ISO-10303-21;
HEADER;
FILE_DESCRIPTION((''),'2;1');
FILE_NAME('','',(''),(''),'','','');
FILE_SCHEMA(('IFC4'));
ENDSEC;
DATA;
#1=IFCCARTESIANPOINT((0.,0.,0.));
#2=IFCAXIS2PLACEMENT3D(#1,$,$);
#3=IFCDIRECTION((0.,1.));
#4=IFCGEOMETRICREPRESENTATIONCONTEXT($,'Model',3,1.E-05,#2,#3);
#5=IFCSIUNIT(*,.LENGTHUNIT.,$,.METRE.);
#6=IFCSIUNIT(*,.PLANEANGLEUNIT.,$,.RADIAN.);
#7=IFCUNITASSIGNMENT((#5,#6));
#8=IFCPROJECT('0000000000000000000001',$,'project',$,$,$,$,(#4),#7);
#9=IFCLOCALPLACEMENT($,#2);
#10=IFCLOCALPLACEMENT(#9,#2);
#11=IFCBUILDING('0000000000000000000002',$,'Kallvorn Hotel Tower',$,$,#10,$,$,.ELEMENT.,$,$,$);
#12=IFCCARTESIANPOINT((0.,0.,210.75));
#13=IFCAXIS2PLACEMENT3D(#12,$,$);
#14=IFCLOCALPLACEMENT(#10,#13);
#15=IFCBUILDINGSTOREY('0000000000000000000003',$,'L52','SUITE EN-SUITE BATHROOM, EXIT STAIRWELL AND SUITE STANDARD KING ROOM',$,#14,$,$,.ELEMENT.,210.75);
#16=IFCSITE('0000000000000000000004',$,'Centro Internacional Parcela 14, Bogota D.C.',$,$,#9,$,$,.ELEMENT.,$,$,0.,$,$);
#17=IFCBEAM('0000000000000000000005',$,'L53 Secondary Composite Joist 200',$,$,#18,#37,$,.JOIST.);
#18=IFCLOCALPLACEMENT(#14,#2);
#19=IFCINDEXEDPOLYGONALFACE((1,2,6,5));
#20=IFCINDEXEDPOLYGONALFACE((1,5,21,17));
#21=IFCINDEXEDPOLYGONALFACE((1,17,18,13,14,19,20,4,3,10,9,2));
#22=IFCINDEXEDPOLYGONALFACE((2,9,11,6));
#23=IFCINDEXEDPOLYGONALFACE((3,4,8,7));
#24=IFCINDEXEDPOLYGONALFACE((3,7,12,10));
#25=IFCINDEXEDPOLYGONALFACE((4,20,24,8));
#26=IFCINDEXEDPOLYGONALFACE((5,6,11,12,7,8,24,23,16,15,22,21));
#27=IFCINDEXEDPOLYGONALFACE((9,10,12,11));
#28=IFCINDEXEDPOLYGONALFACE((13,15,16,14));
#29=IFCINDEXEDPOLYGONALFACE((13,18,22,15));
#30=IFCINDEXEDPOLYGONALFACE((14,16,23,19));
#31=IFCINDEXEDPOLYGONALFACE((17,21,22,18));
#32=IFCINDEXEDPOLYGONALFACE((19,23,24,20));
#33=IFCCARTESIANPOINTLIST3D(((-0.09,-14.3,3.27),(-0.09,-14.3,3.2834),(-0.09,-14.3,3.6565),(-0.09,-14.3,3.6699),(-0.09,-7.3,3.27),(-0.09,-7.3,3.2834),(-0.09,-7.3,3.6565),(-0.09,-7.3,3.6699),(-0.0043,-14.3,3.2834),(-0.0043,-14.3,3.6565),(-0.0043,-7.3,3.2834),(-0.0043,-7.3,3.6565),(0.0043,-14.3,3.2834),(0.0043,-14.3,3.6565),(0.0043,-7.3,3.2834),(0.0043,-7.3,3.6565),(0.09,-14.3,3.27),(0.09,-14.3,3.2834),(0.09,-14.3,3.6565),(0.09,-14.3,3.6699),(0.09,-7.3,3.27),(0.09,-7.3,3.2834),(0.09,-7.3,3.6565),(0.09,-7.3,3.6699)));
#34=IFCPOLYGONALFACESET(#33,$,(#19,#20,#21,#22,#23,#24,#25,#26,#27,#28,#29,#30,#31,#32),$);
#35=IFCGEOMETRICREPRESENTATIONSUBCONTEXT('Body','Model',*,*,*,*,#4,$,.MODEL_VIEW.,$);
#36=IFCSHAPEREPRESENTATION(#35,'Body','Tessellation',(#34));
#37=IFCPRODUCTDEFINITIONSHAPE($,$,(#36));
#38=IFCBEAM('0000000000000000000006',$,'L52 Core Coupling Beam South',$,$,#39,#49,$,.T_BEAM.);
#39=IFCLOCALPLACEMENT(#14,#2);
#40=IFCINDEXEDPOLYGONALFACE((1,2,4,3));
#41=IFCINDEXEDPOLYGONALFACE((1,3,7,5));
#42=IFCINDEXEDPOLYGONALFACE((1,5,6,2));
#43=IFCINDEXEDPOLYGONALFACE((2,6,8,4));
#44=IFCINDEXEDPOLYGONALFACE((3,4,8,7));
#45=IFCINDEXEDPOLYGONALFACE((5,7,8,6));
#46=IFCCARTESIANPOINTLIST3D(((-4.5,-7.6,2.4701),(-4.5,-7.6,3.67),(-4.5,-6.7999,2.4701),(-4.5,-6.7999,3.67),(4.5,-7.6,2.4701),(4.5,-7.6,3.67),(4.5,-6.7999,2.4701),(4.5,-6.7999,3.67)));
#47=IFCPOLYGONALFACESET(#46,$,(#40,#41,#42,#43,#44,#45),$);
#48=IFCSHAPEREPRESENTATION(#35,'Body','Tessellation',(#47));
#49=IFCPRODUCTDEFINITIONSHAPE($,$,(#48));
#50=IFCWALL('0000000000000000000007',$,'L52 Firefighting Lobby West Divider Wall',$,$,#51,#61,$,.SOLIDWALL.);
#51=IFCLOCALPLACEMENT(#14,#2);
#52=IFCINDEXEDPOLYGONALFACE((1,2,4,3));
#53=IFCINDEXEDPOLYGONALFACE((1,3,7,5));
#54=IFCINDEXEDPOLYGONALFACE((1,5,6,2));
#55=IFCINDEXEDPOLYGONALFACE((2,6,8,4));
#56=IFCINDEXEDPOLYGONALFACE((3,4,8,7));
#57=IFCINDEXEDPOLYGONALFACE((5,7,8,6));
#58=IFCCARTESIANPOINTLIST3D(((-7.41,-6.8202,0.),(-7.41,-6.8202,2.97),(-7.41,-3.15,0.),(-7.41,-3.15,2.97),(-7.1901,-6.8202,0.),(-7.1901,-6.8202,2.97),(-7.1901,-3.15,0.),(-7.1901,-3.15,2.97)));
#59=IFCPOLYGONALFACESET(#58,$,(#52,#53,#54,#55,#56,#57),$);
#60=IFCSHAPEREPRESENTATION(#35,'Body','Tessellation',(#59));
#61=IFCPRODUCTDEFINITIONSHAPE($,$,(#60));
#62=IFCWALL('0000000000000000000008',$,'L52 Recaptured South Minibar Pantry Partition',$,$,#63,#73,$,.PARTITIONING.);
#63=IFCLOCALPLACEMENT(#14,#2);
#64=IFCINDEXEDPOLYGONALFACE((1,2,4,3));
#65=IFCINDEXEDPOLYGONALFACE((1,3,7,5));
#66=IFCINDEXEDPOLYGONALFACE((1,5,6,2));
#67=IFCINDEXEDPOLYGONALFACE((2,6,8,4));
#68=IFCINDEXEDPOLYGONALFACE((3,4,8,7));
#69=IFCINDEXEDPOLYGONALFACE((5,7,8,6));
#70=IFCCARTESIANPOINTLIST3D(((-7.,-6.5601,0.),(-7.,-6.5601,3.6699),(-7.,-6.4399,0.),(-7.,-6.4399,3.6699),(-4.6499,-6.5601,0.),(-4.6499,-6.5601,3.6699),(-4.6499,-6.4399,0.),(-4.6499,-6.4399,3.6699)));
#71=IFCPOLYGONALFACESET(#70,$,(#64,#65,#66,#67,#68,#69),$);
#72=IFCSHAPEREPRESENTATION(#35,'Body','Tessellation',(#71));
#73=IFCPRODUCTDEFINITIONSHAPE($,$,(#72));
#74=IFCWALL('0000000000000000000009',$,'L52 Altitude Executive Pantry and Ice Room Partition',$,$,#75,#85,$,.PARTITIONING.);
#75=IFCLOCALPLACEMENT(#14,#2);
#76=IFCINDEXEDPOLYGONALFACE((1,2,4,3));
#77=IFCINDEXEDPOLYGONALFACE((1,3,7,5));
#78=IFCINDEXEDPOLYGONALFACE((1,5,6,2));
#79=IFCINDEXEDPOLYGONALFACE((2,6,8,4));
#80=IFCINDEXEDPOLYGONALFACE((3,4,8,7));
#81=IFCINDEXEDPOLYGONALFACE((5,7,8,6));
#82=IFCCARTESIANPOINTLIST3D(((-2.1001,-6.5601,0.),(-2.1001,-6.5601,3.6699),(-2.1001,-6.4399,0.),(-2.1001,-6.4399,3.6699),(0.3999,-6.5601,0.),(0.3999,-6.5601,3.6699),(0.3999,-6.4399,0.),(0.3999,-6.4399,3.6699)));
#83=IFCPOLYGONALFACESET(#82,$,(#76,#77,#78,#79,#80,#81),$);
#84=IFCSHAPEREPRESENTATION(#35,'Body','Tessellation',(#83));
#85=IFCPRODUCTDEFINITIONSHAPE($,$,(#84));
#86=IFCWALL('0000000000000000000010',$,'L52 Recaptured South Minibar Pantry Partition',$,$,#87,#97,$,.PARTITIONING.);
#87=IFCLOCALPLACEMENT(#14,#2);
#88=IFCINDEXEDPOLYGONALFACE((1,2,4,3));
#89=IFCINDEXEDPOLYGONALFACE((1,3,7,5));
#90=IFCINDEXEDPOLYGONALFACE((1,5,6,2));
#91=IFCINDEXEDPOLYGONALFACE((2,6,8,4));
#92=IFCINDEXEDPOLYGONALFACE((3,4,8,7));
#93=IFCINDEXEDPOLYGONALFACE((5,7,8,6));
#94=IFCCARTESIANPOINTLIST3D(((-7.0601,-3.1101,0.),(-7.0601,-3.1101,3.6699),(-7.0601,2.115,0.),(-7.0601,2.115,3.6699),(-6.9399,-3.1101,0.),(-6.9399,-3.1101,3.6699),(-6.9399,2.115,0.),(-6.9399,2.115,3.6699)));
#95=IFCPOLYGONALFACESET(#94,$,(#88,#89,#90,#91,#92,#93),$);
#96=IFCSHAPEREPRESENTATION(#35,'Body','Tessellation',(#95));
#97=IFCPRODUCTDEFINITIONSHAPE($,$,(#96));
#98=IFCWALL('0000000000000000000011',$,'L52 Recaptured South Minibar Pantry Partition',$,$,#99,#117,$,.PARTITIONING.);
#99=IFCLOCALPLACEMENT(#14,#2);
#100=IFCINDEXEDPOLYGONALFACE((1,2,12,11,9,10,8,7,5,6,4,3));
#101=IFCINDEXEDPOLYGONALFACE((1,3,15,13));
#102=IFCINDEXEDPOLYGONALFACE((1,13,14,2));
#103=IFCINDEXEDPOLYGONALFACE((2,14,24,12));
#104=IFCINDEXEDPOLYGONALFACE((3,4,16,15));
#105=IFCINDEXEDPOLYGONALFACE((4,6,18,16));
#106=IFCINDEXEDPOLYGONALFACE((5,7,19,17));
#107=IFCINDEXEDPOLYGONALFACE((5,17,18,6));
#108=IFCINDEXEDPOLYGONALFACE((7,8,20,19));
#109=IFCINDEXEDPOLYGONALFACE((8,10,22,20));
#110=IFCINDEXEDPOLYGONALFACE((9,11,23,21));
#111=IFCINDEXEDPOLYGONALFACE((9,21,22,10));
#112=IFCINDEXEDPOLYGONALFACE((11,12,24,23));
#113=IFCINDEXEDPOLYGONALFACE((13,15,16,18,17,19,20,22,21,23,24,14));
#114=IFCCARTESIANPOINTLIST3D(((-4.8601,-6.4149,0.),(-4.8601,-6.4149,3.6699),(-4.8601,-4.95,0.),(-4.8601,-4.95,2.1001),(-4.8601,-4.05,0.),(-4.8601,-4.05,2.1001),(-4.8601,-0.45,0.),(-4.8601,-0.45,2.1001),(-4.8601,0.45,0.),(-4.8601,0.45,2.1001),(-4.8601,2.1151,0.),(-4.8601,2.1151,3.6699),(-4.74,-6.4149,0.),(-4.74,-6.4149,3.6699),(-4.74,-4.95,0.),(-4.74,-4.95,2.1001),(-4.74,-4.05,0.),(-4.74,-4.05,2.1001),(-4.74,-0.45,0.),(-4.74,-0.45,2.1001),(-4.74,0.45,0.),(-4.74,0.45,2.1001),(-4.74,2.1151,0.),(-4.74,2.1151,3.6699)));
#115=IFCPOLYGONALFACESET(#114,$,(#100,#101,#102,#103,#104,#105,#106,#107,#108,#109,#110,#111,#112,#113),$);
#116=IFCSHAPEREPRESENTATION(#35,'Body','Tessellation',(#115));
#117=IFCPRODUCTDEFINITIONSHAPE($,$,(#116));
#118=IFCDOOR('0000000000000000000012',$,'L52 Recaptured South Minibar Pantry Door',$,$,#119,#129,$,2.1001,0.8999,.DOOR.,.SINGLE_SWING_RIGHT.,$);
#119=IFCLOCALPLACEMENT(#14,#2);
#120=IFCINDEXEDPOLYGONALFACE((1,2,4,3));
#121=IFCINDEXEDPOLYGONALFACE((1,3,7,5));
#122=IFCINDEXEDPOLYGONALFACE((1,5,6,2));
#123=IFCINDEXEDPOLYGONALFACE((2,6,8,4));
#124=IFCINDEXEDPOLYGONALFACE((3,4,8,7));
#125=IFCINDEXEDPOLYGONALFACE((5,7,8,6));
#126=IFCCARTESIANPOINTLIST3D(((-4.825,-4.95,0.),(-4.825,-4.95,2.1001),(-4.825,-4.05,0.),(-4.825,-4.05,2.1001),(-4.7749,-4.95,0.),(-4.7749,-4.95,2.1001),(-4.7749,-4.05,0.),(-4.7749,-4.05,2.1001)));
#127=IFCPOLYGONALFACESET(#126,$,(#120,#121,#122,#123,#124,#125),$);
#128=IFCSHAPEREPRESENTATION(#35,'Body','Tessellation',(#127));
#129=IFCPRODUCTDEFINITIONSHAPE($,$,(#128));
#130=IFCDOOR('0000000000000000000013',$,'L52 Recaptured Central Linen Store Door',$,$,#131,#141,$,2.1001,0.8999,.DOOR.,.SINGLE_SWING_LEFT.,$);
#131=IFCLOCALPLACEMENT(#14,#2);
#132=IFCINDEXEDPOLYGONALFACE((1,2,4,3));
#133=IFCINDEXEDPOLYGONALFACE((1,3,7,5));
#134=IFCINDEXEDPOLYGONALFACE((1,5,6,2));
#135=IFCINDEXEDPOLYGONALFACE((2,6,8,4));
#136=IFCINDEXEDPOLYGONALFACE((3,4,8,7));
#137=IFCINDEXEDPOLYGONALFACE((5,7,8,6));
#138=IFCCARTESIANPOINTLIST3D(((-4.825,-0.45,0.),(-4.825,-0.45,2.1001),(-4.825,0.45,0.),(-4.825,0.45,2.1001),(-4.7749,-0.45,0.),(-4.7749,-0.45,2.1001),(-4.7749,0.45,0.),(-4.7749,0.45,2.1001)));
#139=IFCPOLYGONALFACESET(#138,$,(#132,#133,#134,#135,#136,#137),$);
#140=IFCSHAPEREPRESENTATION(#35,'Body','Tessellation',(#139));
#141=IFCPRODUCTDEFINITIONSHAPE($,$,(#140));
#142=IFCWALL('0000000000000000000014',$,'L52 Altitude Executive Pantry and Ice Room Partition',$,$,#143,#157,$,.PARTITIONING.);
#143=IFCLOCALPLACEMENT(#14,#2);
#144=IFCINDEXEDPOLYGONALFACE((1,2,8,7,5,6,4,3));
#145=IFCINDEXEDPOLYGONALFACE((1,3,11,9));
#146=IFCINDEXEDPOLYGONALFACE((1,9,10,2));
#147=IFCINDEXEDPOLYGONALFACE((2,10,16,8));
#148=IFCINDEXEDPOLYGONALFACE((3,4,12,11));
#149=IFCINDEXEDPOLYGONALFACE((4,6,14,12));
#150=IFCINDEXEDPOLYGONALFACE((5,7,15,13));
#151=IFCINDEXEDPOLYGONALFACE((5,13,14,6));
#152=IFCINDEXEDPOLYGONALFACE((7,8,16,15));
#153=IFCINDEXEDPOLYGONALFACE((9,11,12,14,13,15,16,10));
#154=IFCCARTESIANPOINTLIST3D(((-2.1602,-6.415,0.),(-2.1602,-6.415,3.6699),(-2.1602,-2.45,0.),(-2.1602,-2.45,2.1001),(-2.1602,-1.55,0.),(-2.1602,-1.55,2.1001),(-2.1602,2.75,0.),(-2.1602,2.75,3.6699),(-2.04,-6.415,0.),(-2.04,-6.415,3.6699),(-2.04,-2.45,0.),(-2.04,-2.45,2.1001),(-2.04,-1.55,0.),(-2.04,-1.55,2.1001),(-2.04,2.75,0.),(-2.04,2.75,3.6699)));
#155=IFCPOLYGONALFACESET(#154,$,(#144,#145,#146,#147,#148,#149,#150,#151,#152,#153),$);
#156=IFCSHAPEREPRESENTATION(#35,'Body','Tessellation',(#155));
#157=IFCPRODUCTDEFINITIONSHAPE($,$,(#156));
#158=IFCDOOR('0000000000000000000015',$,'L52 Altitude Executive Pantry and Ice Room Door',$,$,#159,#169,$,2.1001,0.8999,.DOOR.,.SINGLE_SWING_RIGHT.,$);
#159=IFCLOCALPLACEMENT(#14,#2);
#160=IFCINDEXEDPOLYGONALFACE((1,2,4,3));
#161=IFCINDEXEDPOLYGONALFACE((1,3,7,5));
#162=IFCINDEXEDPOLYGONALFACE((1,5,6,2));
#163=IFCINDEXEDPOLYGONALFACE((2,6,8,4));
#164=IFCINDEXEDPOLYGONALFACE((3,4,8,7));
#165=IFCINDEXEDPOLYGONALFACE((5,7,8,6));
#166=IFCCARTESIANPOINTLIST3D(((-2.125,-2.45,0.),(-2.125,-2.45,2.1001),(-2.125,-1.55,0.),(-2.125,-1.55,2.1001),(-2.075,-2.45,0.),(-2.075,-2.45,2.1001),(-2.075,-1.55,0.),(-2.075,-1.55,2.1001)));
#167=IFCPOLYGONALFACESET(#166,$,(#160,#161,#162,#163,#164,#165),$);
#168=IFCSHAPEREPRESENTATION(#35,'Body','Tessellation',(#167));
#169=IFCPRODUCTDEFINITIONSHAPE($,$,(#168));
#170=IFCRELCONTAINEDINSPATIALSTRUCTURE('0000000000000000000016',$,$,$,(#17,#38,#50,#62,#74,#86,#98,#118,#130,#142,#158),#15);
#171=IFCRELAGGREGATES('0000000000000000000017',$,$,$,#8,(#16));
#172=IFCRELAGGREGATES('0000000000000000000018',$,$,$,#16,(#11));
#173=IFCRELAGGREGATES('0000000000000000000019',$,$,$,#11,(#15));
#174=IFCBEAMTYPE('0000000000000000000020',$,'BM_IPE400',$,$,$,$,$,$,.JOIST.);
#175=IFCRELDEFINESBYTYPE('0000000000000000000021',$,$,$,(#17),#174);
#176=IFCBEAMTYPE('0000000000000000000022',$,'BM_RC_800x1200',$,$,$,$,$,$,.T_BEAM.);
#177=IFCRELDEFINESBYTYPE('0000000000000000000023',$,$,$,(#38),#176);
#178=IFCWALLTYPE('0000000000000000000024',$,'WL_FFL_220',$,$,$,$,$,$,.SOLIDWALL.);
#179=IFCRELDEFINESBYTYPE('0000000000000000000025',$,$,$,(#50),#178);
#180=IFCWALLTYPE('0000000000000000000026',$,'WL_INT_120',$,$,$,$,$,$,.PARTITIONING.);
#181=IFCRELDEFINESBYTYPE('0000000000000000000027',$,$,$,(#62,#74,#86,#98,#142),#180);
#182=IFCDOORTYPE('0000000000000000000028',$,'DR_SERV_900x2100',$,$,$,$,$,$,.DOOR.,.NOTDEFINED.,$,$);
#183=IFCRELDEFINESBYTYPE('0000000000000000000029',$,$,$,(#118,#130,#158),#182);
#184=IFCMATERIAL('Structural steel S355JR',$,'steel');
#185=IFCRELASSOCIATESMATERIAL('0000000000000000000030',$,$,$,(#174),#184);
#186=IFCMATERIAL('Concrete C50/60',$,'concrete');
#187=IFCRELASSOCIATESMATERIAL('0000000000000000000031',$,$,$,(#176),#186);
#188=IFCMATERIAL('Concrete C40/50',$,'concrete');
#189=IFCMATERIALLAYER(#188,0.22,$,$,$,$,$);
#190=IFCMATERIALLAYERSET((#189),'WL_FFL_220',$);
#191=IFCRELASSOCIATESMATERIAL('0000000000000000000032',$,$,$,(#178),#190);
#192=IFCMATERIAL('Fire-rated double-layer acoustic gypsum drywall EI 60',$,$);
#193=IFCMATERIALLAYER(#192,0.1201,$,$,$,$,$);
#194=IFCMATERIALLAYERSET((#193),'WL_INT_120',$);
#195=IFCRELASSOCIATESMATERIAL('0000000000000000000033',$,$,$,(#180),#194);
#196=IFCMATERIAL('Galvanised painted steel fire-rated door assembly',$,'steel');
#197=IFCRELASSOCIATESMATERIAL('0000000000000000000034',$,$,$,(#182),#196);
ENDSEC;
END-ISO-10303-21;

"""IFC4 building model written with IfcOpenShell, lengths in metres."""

from ifc_helpers import new_model, si_unit, direction, frame, frame_2d, origin, origin_2d, place, context, subcontext, project, spatial, rectangle, i_section, extrude, material, layer, layer_set, material_profile, profile_set, type_object, element, fill, save


model = new_model("IFC4")

# Units and contexts
model_context = context("Model", 3, precision=1e-05, world=origin(), true_north=direction((0.0, 1.0)))
body_context = subcontext(model_context, "Body", "Model", "MODEL_VIEW")
ifc_project = project(units=[si_unit("LENGTHUNIT", "METRE"), si_unit("PLANEANGLEUNIT", "RADIAN")], contexts=[model_context])

# Site, building, storey
site_placement = place(None, origin())
site = spatial("IfcSite", under=ifc_project, at=site_placement, Name="Centro Internacional Parcela 14, Bogota D.C.", CompositionType="ELEMENT", RefElevation=0.0)
building_placement = place(site_placement, origin())
building = spatial("IfcBuilding", under=site, at=building_placement, Name="Kallvorn Hotel Tower", CompositionType="ELEMENT")
storey_placement = place(building_placement, frame((0.0, 0.0, 210.75)))
storey = spatial("IfcBuildingStorey", under=building, at=storey_placement, Name="L52", Description="SUITE EN-SUITE BATHROOM, EXIT STAIRWELL AND SUITE STANDARD KING ROOM", CompositionType="ELEMENT", Elevation=210.75)

# Beams
ifc_material_1 = material(Name="Structural steel S355JR", Category="steel")
ifc_material_profile_1 = material_profile(ifc_material_1, i_section(OverallWidth=0.1799, OverallDepth=0.3999, WebThickness=0.0085, FlangeThickness=0.0134, at=origin_2d()), Name="IPE 400")
ifc_profile_set_1 = profile_set([ifc_material_profile_1], Name="Structural steel S355JR")
beam_type_1 = type_object("IfcBeamType", Name="BM_IPE400", PredefinedType="JOIST", material=ifc_profile_set_1)
for number, where, z_axis, x_axis, name in (
    (1, (0.0, -14.3, 3.47), (0.0, 1.0, 0.0), (-1.0, 0.0, 0.0), "L53 Secondary Composite Joist 200"),
):
    element("IfcBeam", number, at=place(storey_placement, frame(where, z_axis=z_axis, x_axis=x_axis)), inside=storey, type_object=beam_type_1, Name=name, PredefinedType="JOIST", context=body_context, shape_type="SweptSolid", body=[
        extrude(i_section(OverallWidth=0.1799, OverallDepth=0.3999, WebThickness=0.0085, FlangeThickness=0.0134, at=origin_2d()), origin(), (0.0, 0.0, 1.0), 7.0),
    ])
ifc_material_2 = material(Name="Concrete C50/60", Category="concrete")
ifc_material_profile_2 = material_profile(ifc_material_2, rectangle(XDim=0.8, YDim=1.2, at=origin_2d()), Name="RC 800x1200")
ifc_profile_set_2 = profile_set([ifc_material_profile_2], Name="Concrete C50/60")
beam_type_2 = type_object("IfcBeamType", Name="BM_RC_800x1200", PredefinedType="T_BEAM", material=ifc_profile_set_2)
beam_1_placement = place(storey_placement, frame((-4.5, -7.2, 3.0701), z_axis=(1.0, 0.0, 0.0), x_axis=(0.0, 1.0, 0.0)))
element("IfcBeam", 2, at=beam_1_placement, inside=storey, type_object=beam_type_2, Name="L52 Core Coupling Beam South", PredefinedType="T_BEAM", context=body_context, shape_type="SweptSolid", body=[
    extrude(rectangle(XDim=0.8, YDim=1.2, at=origin_2d()), origin(), (0.0, 0.0, 1.0), 9.0),
])

# Walls
ifc_material_3 = material(Name="Concrete C40/50", Category="concrete")
ifc_layer_1 = layer(ifc_material_3, 0.22)
ifc_layer_set_1 = layer_set([ifc_layer_1], Name="WL_FFL_220")
wall_type_1 = type_object("IfcWallType", Name="WL_FFL_220", PredefinedType="SOLIDWALL", material=ifc_layer_set_1)
wall_1_placement = place(storey_placement, frame((-7.3, -6.8201, 0.0), z_axis=(0.0, 0.0, 1.0), x_axis=(0.0, 1.0, 0.0)))
element("IfcWall", 3, at=wall_1_placement, inside=storey, type_object=wall_type_1, Name="L52 Firefighting Lobby West Divider Wall", PredefinedType="SOLIDWALL", context=body_context, shape_type="SweptSolid", body=[
    extrude(rectangle(XDim=3.6702, YDim=0.22, at=frame_2d((1.835, 0.0))), origin(), (0.0, 0.0, 1.0), 2.97),
])
ifc_material_4 = material(Name="Fire-rated double-layer acoustic gypsum drywall EI 60")
ifc_layer_2 = layer(ifc_material_4, 0.1201)
ifc_layer_set_2 = layer_set([ifc_layer_2], Name="WL_INT_120")
wall_type_2 = type_object("IfcWallType", Name="WL_INT_120", PredefinedType="PARTITIONING", material=ifc_layer_set_2)
wall_2_placement = place(storey_placement, frame((-7.0, -6.5, 0.0), z_axis=(0.0, 0.0, 1.0), x_axis=(1.0, 0.0, 0.0)))
element("IfcWall", 4, at=wall_2_placement, inside=storey, type_object=wall_type_2, Name="L52 Recaptured South Minibar Pantry Partition", PredefinedType="PARTITIONING", context=body_context, shape_type="SweptSolid", body=[
    extrude(rectangle(XDim=2.3501, YDim=0.1201, at=frame_2d((1.175, 0.0))), origin(), (0.0, 0.0, 1.0), 3.6699),
])
wall_3_placement = place(storey_placement, frame((-2.1001, -6.5, 0.0), z_axis=(0.0, 0.0, 1.0), x_axis=(1.0, 0.0, 0.0)))
element("IfcWall", 5, at=wall_3_placement, inside=storey, type_object=wall_type_2, Name="L52 Altitude Executive Pantry and Ice Room Partition", PredefinedType="PARTITIONING", context=body_context, shape_type="SweptSolid", body=[
    extrude(rectangle(XDim=2.5, YDim=0.1201, at=frame_2d((1.25, 0.0))), origin(), (0.0, 0.0, 1.0), 3.6699),
])
wall_4_placement = place(storey_placement, frame((-7.0, -3.1101, 0.0), z_axis=(0.0, 0.0, 1.0), x_axis=(0.0, 1.0, 0.0)))
element("IfcWall", 6, at=wall_4_placement, inside=storey, type_object=wall_type_2, Name="L52 Recaptured South Minibar Pantry Partition", PredefinedType="PARTITIONING", context=body_context, shape_type="SweptSolid", body=[
    extrude(rectangle(XDim=5.2251, YDim=0.1201, at=frame_2d((2.6125, 0.0))), origin(), (0.0, 0.0, 1.0), 3.6699),
])

# Wall, openings, doors
wall_5_placement = place(storey_placement, frame((-4.8, -6.415, 0.0), z_axis=(0.0, 0.0, 1.0), x_axis=(0.0, 1.0, 0.0)))
wall_5 = element("IfcWall", 7, at=wall_5_placement, inside=storey, type_object=wall_type_2, Name="L52 Recaptured South Minibar Pantry Partition", PredefinedType="PARTITIONING", context=body_context, shape_type="SweptSolid", body=[
    extrude(rectangle(XDim=8.53, YDim=0.1201, at=frame_2d((4.2651, 0.0))), origin(), (0.0, 0.0, 1.0), 3.6699),
])
opening_1_placement = place(wall_5_placement, frame((1.4651, 0.0, 0.0)))
opening_1 = element("IfcOpeningElement", 8, at=opening_1_placement, cuts=wall_5, PredefinedType="OPENING", context=body_context, shape_type="SweptSolid", body=[
    extrude(rectangle(XDim=0.8999, YDim=2.1001, at=frame_2d((0.45, 1.05))), frame((0.0, 0.075, 0.0), z_axis=(0.0, -1.0, 0.0), x_axis=(1.0, 0.0, 0.0)), (0.0, 0.0, 1.0), 0.1501),
])
opening_2_placement = place(wall_5_placement, frame((5.9651, 0.0, 0.0)))
opening_2 = element("IfcOpeningElement", 9, at=opening_2_placement, cuts=wall_5, PredefinedType="OPENING", context=body_context, shape_type="SweptSolid", body=[
    extrude(rectangle(XDim=0.8999, YDim=2.1001, at=frame_2d((0.45, 1.05))), frame((0.0, 0.075, 0.0), z_axis=(0.0, -1.0, 0.0), x_axis=(1.0, 0.0, 0.0)), (0.0, 0.0, 1.0), 0.1501),
])
ifc_material_5 = material(Name="Galvanised painted steel fire-rated door assembly", Category="steel")
door_type_1 = type_object("IfcDoorType", Name="DR_SERV_900x2100", OperationType="NOTDEFINED", PredefinedType="DOOR", material=ifc_material_5)
door_1_placement = place(opening_1_placement, origin())
door_1 = element("IfcDoor", 10, at=door_1_placement, inside=storey, type_object=door_type_1, Name="L52 Recaptured South Minibar Pantry Door", OperationType="SINGLE_SWING_RIGHT", OverallHeight=2.1001, OverallWidth=0.8999, PredefinedType="DOOR", context=body_context, shape_type="SweptSolid", body=[
    extrude(rectangle(XDim=0.8999, YDim=2.1001, at=frame_2d((0.45, 1.05))), frame((0.0, 0.0249, 0.0), z_axis=(0.0, -1.0, 0.0), x_axis=(1.0, 0.0, 0.0)), (0.0, 0.0, 1.0), 0.05),
])
fill(opening_1, door_1)
door_2_placement = place(opening_2_placement, origin())
door_2 = element("IfcDoor", 11, at=door_2_placement, inside=storey, type_object=door_type_1, Name="L52 Recaptured Central Linen Store Door", OperationType="SINGLE_SWING_LEFT", OverallHeight=2.1001, OverallWidth=0.8999, PredefinedType="DOOR", context=body_context, shape_type="SweptSolid", body=[
    extrude(rectangle(XDim=0.8999, YDim=2.1001, at=frame_2d((0.45, 1.05))), frame((0.0, 0.0249, 0.0), z_axis=(0.0, -1.0, 0.0), x_axis=(1.0, 0.0, 0.0)), (0.0, 0.0, 1.0), 0.05),
])
fill(opening_2, door_2)

# Wall, opening, door
wall_6_placement = place(storey_placement, frame((-2.1001, -6.415, 0.0), z_axis=(0.0, 0.0, 1.0), x_axis=(0.0, 1.0, 0.0)))
wall_6 = element("IfcWall", 12, at=wall_6_placement, inside=storey, type_object=wall_type_2, Name="L52 Altitude Executive Pantry and Ice Room Partition", PredefinedType="PARTITIONING", context=body_context, shape_type="SweptSolid", body=[
    extrude(rectangle(XDim=9.165, YDim=0.1201, at=frame_2d((4.5825, 0.0))), origin(), (0.0, 0.0, 1.0), 3.6699),
])
opening_3_placement = place(wall_6_placement, frame((3.9651, 0.0, 0.0)))
opening_3 = element("IfcOpeningElement", 13, at=opening_3_placement, cuts=wall_6, PredefinedType="OPENING", context=body_context, shape_type="SweptSolid", body=[
    extrude(rectangle(XDim=0.8999, YDim=2.1001, at=frame_2d((0.45, 1.05))), frame((0.0, 0.075, 0.0), z_axis=(0.0, -1.0, 0.0), x_axis=(1.0, 0.0, 0.0)), (0.0, 0.0, 1.0), 0.1501),
])
door_3_placement = place(opening_3_placement, origin())
door_3 = element("IfcDoor", 14, at=door_3_placement, inside=storey, type_object=door_type_1, Name="L52 Altitude Executive Pantry and Ice Room Door", OperationType="SINGLE_SWING_RIGHT", OverallHeight=2.1001, OverallWidth=0.8999, PredefinedType="DOOR", context=body_context, shape_type="SweptSolid", body=[
    extrude(rectangle(XDim=0.8999, YDim=2.1001, at=frame_2d((0.45, 1.05))), frame((0.0, 0.0249, 0.0), z_axis=(0.0, -1.0, 0.0), x_axis=(1.0, 0.0, 0.0)), (0.0, 0.0, 1.0), 0.05),
])
fill(opening_3, door_3)

save(model, "model.ifc")
